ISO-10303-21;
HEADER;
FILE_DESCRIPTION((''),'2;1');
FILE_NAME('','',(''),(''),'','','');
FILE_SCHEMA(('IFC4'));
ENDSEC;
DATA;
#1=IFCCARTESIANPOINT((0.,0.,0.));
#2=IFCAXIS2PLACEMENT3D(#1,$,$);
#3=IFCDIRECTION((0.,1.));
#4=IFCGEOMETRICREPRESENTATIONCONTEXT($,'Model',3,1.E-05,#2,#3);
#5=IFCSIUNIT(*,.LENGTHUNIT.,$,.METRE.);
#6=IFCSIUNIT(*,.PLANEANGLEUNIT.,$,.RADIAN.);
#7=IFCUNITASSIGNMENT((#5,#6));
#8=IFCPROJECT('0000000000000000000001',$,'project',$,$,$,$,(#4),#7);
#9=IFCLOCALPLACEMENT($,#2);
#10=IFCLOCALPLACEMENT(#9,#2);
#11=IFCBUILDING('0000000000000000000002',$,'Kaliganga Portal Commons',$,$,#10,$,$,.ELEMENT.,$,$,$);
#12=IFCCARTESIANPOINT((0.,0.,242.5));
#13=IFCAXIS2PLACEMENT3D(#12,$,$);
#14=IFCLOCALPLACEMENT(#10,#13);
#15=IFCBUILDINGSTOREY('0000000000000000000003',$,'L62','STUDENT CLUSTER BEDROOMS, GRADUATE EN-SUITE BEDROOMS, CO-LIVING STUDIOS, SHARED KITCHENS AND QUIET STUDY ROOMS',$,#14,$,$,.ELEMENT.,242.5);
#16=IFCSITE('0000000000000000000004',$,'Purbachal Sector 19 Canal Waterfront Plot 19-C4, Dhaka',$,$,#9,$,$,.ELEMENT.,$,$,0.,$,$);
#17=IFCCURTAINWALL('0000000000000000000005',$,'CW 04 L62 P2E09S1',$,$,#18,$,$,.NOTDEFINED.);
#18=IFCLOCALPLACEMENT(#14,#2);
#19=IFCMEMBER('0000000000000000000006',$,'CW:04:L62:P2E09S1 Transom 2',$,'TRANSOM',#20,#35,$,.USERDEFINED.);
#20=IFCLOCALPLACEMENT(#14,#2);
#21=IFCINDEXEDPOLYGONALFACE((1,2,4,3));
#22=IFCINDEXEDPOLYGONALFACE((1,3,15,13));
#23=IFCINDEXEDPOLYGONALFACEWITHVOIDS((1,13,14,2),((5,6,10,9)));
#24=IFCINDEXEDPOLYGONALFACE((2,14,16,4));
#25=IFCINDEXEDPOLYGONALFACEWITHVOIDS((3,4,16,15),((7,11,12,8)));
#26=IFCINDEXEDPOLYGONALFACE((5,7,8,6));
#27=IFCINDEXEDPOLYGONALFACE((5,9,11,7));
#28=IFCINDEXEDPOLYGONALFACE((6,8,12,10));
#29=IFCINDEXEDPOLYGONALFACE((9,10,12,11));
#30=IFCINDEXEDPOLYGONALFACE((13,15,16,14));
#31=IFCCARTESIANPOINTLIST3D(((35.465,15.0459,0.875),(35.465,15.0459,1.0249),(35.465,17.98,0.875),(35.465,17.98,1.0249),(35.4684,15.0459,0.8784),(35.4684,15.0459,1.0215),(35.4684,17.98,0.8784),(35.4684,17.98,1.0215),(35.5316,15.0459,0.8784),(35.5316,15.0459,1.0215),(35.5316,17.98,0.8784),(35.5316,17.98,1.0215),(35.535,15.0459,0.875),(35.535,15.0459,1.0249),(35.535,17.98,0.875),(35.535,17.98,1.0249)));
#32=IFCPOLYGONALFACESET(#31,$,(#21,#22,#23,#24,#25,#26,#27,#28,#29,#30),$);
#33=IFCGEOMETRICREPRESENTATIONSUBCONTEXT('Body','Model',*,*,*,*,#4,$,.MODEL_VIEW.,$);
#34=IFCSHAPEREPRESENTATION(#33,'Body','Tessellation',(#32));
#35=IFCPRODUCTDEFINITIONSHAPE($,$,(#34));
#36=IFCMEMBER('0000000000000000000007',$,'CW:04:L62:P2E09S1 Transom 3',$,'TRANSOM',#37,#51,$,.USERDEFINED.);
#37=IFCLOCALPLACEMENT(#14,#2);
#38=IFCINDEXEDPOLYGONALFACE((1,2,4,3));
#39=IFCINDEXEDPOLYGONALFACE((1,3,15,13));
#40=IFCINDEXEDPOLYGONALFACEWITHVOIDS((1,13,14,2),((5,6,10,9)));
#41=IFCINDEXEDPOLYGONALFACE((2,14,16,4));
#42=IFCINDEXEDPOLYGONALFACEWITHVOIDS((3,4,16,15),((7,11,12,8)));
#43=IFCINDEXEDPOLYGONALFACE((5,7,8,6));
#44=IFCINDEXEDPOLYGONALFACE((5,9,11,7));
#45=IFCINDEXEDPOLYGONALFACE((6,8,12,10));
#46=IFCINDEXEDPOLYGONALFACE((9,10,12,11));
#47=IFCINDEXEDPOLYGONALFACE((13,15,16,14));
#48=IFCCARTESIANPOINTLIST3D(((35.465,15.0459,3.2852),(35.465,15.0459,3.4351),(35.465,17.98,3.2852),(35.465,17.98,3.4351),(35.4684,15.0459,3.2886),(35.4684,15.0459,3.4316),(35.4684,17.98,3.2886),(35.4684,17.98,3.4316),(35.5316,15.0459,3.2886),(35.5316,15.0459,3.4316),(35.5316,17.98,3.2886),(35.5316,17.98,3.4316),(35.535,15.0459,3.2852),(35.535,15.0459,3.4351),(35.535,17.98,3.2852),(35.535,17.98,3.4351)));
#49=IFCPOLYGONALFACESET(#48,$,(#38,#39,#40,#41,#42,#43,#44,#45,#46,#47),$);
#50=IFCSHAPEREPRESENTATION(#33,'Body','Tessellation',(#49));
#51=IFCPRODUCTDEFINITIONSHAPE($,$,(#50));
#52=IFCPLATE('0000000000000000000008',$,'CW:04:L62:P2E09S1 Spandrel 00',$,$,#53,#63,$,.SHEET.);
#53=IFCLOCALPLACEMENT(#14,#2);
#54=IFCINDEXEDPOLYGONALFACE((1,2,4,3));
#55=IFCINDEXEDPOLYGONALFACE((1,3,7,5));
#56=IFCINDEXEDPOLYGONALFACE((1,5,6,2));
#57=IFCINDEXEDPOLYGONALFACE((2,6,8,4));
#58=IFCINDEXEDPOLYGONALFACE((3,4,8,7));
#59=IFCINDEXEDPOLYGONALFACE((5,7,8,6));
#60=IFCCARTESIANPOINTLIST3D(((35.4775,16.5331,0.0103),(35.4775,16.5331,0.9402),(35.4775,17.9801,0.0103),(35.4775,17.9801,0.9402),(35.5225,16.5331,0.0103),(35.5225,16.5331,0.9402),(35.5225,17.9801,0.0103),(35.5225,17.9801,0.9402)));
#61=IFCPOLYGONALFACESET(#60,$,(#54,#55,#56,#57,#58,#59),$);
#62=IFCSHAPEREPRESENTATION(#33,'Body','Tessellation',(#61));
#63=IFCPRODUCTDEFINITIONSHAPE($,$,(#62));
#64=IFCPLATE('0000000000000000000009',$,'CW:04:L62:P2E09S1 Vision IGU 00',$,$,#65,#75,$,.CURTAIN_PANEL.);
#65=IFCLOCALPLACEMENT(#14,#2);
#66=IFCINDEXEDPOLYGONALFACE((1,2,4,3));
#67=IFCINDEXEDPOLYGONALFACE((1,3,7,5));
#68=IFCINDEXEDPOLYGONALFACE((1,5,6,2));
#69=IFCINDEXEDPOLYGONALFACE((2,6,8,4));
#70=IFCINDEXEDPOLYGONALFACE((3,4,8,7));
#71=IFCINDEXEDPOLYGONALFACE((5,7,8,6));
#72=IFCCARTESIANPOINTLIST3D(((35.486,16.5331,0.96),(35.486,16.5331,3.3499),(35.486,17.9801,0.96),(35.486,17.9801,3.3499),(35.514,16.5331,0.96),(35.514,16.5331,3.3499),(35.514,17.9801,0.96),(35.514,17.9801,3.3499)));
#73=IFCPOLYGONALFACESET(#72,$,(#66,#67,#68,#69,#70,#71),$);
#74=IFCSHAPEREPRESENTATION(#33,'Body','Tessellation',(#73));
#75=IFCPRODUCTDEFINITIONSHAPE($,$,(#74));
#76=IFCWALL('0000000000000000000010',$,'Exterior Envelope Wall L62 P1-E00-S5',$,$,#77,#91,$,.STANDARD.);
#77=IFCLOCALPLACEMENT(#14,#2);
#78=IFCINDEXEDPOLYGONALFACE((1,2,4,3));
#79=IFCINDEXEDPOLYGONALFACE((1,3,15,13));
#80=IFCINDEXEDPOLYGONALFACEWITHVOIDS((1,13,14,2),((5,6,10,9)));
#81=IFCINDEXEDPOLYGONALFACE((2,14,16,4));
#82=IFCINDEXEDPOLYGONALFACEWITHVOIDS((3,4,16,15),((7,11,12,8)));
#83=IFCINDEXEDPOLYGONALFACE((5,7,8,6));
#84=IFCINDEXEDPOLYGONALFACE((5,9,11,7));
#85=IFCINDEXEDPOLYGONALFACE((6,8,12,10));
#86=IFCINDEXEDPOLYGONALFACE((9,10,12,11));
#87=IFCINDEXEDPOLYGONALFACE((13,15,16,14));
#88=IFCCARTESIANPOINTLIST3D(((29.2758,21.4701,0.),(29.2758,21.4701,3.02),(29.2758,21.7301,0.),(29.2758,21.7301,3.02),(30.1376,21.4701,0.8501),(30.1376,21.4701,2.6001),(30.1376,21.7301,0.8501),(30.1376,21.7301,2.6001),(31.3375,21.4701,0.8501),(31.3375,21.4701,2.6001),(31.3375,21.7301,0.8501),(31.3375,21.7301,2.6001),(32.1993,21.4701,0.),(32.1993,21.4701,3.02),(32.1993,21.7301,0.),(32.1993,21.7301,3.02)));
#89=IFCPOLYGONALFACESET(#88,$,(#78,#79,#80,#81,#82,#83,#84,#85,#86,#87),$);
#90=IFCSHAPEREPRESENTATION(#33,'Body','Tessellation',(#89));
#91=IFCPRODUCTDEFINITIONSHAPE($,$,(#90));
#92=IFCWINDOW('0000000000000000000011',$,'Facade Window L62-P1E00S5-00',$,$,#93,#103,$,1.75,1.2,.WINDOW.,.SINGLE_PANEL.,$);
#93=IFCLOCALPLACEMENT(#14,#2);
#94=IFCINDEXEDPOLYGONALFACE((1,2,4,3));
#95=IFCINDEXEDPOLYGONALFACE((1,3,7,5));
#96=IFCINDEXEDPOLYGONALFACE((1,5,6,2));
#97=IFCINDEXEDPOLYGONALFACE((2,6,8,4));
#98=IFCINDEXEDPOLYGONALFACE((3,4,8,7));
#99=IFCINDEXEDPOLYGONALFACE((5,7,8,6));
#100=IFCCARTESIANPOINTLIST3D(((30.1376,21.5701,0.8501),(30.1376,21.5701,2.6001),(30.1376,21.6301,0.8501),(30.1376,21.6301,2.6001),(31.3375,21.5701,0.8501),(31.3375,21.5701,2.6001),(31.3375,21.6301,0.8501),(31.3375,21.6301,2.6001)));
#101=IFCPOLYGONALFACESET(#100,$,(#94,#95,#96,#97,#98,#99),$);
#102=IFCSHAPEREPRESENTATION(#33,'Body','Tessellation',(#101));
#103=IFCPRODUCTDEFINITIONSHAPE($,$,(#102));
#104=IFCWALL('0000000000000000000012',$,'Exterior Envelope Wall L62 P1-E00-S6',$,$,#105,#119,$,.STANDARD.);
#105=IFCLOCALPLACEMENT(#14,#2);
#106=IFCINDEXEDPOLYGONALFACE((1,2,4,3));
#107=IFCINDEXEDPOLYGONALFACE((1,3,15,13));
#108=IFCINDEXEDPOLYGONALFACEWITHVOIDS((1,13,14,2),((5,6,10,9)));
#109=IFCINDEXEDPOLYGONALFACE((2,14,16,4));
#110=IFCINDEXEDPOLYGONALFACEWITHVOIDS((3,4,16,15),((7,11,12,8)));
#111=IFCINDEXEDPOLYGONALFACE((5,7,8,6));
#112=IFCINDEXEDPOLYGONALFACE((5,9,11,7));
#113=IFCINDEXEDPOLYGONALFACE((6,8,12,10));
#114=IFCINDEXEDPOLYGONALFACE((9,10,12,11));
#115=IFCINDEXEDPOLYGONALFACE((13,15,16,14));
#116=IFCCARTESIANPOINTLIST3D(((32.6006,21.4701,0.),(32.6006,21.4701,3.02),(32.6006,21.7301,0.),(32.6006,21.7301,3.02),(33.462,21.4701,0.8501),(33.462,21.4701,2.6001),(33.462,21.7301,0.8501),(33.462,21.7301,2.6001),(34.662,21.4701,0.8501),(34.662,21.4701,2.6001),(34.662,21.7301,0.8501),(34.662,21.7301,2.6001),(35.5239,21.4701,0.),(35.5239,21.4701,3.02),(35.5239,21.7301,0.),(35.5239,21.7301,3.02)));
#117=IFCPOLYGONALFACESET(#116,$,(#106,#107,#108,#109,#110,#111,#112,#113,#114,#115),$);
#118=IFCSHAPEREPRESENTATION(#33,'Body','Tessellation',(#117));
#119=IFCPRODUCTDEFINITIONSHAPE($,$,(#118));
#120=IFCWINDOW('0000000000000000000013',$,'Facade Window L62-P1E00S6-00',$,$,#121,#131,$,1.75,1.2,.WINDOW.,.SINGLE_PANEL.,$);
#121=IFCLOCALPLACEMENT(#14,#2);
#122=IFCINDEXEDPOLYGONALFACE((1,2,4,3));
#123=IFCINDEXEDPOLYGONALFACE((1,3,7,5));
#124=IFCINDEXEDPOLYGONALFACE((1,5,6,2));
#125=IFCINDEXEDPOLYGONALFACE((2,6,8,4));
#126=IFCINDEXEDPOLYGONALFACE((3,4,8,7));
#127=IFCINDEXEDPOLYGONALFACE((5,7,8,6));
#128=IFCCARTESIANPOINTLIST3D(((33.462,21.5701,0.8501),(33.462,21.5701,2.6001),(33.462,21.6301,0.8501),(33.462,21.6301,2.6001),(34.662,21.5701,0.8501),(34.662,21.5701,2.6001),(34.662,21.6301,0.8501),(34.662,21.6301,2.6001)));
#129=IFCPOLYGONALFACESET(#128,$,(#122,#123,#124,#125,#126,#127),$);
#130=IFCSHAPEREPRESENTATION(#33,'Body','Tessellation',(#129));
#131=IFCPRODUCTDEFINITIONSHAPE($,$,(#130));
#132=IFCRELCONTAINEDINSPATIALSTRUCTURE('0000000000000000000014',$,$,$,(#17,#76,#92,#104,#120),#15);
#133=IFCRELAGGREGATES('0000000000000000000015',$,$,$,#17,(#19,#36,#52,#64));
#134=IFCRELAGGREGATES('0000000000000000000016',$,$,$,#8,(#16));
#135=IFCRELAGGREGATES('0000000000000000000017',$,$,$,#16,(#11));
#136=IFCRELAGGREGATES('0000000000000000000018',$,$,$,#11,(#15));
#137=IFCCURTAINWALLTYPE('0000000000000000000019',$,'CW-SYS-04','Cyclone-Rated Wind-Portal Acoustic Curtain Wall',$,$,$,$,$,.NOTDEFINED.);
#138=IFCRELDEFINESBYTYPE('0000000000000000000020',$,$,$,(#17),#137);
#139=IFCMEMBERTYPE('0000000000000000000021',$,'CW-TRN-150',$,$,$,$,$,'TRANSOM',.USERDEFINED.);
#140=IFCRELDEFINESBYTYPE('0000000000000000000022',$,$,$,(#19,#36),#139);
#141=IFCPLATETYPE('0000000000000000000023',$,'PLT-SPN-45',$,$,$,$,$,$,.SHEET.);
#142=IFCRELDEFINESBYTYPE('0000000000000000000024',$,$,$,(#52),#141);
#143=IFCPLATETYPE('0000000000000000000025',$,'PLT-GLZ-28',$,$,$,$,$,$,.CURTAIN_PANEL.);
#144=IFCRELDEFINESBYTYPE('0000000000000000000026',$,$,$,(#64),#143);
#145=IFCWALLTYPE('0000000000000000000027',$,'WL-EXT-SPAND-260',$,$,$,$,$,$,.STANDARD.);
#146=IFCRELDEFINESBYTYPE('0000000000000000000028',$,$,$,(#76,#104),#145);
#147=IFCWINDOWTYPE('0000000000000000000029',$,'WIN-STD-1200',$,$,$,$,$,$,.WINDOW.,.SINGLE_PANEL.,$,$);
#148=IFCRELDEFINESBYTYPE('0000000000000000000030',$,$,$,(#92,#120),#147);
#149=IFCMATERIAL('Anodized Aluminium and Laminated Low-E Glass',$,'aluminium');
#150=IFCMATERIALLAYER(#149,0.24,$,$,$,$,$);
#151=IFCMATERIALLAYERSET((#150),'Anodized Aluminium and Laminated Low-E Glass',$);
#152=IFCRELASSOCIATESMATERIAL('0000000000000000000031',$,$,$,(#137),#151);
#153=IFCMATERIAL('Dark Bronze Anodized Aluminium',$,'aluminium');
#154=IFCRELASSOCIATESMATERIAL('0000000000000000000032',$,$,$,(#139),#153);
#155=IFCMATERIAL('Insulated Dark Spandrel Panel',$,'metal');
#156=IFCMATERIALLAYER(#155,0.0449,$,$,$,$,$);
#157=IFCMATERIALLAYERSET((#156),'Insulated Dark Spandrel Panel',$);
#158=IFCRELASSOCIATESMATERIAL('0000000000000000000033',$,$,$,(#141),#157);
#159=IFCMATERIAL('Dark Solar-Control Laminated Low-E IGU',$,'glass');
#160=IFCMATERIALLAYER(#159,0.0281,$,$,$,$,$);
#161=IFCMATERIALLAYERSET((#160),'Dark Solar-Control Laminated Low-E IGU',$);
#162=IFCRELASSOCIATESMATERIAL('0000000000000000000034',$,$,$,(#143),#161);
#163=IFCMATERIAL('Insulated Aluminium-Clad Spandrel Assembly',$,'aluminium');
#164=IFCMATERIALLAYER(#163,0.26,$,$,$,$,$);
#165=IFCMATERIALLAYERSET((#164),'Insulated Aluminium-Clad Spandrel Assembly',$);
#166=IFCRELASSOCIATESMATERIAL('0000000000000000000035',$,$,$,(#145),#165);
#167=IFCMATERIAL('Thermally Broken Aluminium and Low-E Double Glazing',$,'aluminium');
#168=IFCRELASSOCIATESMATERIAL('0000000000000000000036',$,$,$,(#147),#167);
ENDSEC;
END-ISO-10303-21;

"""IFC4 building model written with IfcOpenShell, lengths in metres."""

from ifc_helpers import new_model, si_unit, direction, frame, frame_2d, origin, origin_2d, place, context, subcontext, project, spatial, rectangle, hollow_rectangle, extrude, source, transform, mapped, material, layer, layer_set, material_profile, profile_set, type_object, element, fill, aggregate, save


model = new_model("IFC4")

# Units and contexts
model_context = context("Model", 3, precision=1e-05, world=origin(), true_north=direction((0.0, 1.0)))
body_context = subcontext(model_context, "Body", "Model", "MODEL_VIEW")
ifc_project = project(units=[si_unit("LENGTHUNIT", "METRE"), si_unit("PLANEANGLEUNIT", "RADIAN")], contexts=[model_context])

# Site, building, storey
site_placement = place(None, origin())
site = spatial("IfcSite", under=ifc_project, at=site_placement, Name="Purbachal Sector 19 Canal Waterfront Plot 19-C4, Dhaka", CompositionType="ELEMENT", RefElevation=0.0)
building_placement = place(site_placement, origin())
building = spatial("IfcBuilding", under=site, at=building_placement, Name="Kaliganga Portal Commons", CompositionType="ELEMENT")
storey_placement = place(building_placement, frame((0.0, 0.0, 242.5)))
storey = spatial("IfcBuildingStorey", under=building, at=storey_placement, Name="L62", Description="STUDENT CLUSTER BEDROOMS, GRADUATE EN-SUITE BEDROOMS, CO-LIVING STUDIOS, SHARED KITCHENS AND QUIET STUDY ROOMS", CompositionType="ELEMENT", Elevation=242.5)

# Curtain wall, members, plates
ifc_material_1 = material(Name="Anodized Aluminium and Laminated Low-E Glass", Category="aluminium")
ifc_layer_1 = layer(ifc_material_1, 0.24)
ifc_layer_set_1 = layer_set([ifc_layer_1], Name="Anodized Aluminium and Laminated Low-E Glass")
curtain_wall_type = type_object("IfcCurtainWallType", Name="CW-SYS-04", Description="Cyclone-Rated Wind-Portal Acoustic Curtain Wall", PredefinedType="NOTDEFINED", material=ifc_layer_set_1)
curtain_wall_placement = place(storey_placement, origin())
curtain_wall = element("IfcCurtainWall", 1, at=curtain_wall_placement, inside=storey, type_object=curtain_wall_type, Name="CW 04 L62 P2E09S1", PredefinedType="NOTDEFINED")
ifc_material_2 = material(Name="Dark Bronze Anodized Aluminium", Category="aluminium")
ifc_material_profile_1 = material_profile(ifc_material_2, hollow_rectangle(XDim=0.0701, YDim=0.1499, WallThickness=0.0034, at=origin_2d()), Name="ALU TRAN 70x150x3.5")
ifc_profile_set_1 = profile_set([ifc_material_profile_1], Name="Dark Bronze Anodized Aluminium")
member_type_1 = type_object("IfcMemberType", Name="CW-TRN-150", ElementType="TRANSOM", PredefinedType="USERDEFINED", material=ifc_profile_set_1)
shared_shape_1 = source(origin(), body_context, "Body", "SweptSolid", [
    extrude(hollow_rectangle(XDim=0.0701, YDim=0.1499, WallThickness=0.0034, at=origin_2d()), origin(), (0.0, 0.0, 1.0), 2.9341),
])
member_1_placement = place(storey_placement, frame((35.5, 17.98, 0.95), z_axis=(0.0, -1.0, 0.0), x_axis=(1.0, 0.0, 0.0)))
member_1 = element("IfcMember", 2, at=member_1_placement, type_object=member_type_1, Name="CW:04:L62:P2E09S1 Transom 2", ObjectType="TRANSOM", PredefinedType="USERDEFINED", context=body_context, shape_type="MappedRepresentation", body=[
    mapped(shared_shape_1, transform((0.0, 0.0, 0.0), x_axis=(1.0, 0.0, 0.0), y_axis=(0.0, 1.0, 0.0), z_axis=(0.0, 0.0, 1.0), scale=1.0)),
])
member_2_placement = place(storey_placement, frame((35.5, 17.98, 3.3601), z_axis=(0.0, -1.0, 0.0), x_axis=(1.0, 0.0, 0.0)))
member_2 = element("IfcMember", 3, at=member_2_placement, type_object=member_type_1, Name="CW:04:L62:P2E09S1 Transom 3", ObjectType="TRANSOM", PredefinedType="USERDEFINED", context=body_context, shape_type="MappedRepresentation", body=[
    mapped(shared_shape_1, transform((0.0, 0.0, 0.0), x_axis=(1.0, 0.0, 0.0), y_axis=(0.0, 1.0, 0.0), z_axis=(0.0, 0.0, 1.0), scale=1.0)),
])
ifc_material_3 = material(Name="Insulated Dark Spandrel Panel", Category="metal")
ifc_layer_2 = layer(ifc_material_3, 0.0449)
ifc_layer_set_2 = layer_set([ifc_layer_2], Name="Insulated Dark Spandrel Panel")
plate_type_1 = type_object("IfcPlateType", Name="PLT-SPN-45", PredefinedType="SHEET", material=ifc_layer_set_2)
shared_shape_2 = source(origin(), body_context, "Body", "SweptSolid", [
    extrude(rectangle(XDim=1.447, YDim=0.0449, at=origin_2d()), origin(), (0.0, 0.0, 1.0), 0.9299),
])
plate_1_placement = place(storey_placement, frame((35.5, 17.2566, 0.0103), z_axis=(0.0, 0.0, 1.0), x_axis=(0.0, -1.0, 0.0)))
plate_1 = element("IfcPlate", 4, at=plate_1_placement, type_object=plate_type_1, Name="CW:04:L62:P2E09S1 Spandrel 00", PredefinedType="SHEET", context=body_context, shape_type="MappedRepresentation", body=[
    mapped(shared_shape_2, transform((0.0, 0.0, 0.0), x_axis=(1.0, 0.0, 0.0), y_axis=(0.0, 1.0, 0.0), z_axis=(0.0, 0.0, 1.0), scale=1.0)),
])
ifc_material_4 = material(Name="Dark Solar-Control Laminated Low-E IGU", Category="glass")
ifc_layer_3 = layer(ifc_material_4, 0.0281)
ifc_layer_set_3 = layer_set([ifc_layer_3], Name="Dark Solar-Control Laminated Low-E IGU")
plate_type_2 = type_object("IfcPlateType", Name="PLT-GLZ-28", PredefinedType="CURTAIN_PANEL", material=ifc_layer_set_3)
shared_shape_3 = source(origin(), body_context, "Body", "SweptSolid", [
    extrude(rectangle(XDim=1.447, YDim=0.0281, at=origin_2d()), origin(), (0.0, 0.0, 1.0), 2.3899),
])
plate_2_placement = place(storey_placement, frame((35.5, 17.2566, 0.96), z_axis=(0.0, 0.0, 1.0), x_axis=(0.0, -1.0, 0.0)))
plate_2 = element("IfcPlate", 5, at=plate_2_placement, type_object=plate_type_2, Name="CW:04:L62:P2E09S1 Vision IGU 00", PredefinedType="CURTAIN_PANEL", context=body_context, shape_type="MappedRepresentation", body=[
    mapped(shared_shape_3, transform((0.0, 0.0, 0.0), x_axis=(1.0, 0.0, 0.0), y_axis=(0.0, 1.0, 0.0), z_axis=(0.0, 0.0, 1.0), scale=1.0)),
])
aggregate(curtain_wall, [member_1, member_2, plate_1, plate_2])

# Walls, openings, windows
ifc_material_5 = material(Name="Insulated Aluminium-Clad Spandrel Assembly", Category="aluminium")
ifc_layer_4 = layer(ifc_material_5, 0.26)
ifc_layer_set_4 = layer_set([ifc_layer_4], Name="Insulated Aluminium-Clad Spandrel Assembly")
wall_type_1 = type_object("IfcWallType", Name="WL-EXT-SPAND-260", PredefinedType="STANDARD", material=ifc_layer_set_4)
wall_1_placement = place(storey_placement, frame((32.1995, 21.6001, 0.0), z_axis=(0.0, 0.0, 1.0), x_axis=(-1.0, 0.0, 0.0)))
wall_1 = element("IfcWall", 6, at=wall_1_placement, inside=storey, type_object=wall_type_1, Name="Exterior Envelope Wall L62 P1-E00-S5", PredefinedType="STANDARD", context=body_context, shape_type="SweptSolid", body=[
    extrude(rectangle(XDim=2.9236, YDim=0.26, at=frame_2d((1.4619, 0.0))), origin(), (0.0, 0.0, 1.0), 3.02),
])
opening_1_placement = place(wall_1_placement, frame((0.8618, 0.0, 0.8501)))
opening_1 = element("IfcOpeningElement", 7, at=opening_1_placement, cuts=wall_1, PredefinedType="OPENING", context=body_context, shape_type="SweptSolid", body=[
    extrude(rectangle(XDim=1.2, YDim=1.75, at=frame_2d((0.6001, 0.875))), frame((0.0, 0.1401, 0.0), z_axis=(0.0, -1.0, 0.0), x_axis=(1.0, 0.0, 0.0)), (0.0, 0.0, 1.0), 0.28),
])
ifc_material_6 = material(Name="Thermally Broken Aluminium and Low-E Double Glazing", Category="aluminium")
window_type = type_object("IfcWindowType", Name="WIN-STD-1200", PartitioningType="SINGLE_PANEL", PredefinedType="WINDOW", material=ifc_material_6)
window_1_placement = place(opening_1_placement, origin())
window_1 = element("IfcWindow", 8, at=window_1_placement, inside=storey, type_object=window_type, Name="Facade Window L62-P1E00S5-00", OverallHeight=1.75, OverallWidth=1.2, PartitioningType="SINGLE_PANEL", PredefinedType="WINDOW", context=body_context, shape_type="SweptSolid", body=[
    extrude(rectangle(XDim=1.2, YDim=1.75, at=frame_2d((0.6001, 0.875))), frame((0.0, 0.03, 0.0), z_axis=(0.0, -1.0, 0.0), x_axis=(1.0, 0.0, 0.0)), (0.0, 0.0, 1.0), 0.0601),
])
fill(opening_1, window_1)
wall_2_placement = place(storey_placement, frame((35.5239, 21.6001, 0.0), z_axis=(0.0, 0.0, 1.0), x_axis=(-1.0, 0.0, 0.0)))
wall_2 = element("IfcWall", 9, at=wall_2_placement, inside=storey, type_object=wall_type_1, Name="Exterior Envelope Wall L62 P1-E00-S6", PredefinedType="STANDARD", context=body_context, shape_type="SweptSolid", body=[
    extrude(rectangle(XDim=2.9233, YDim=0.26, at=frame_2d((1.4617, 0.0))), origin(), (0.0, 0.0, 1.0), 3.02),
])
opening_2_placement = place(wall_2_placement, frame((0.8618, 0.0, 0.8501)))
opening_2 = element("IfcOpeningElement", 10, at=opening_2_placement, cuts=wall_2, PredefinedType="OPENING", context=body_context, shape_type="SweptSolid", body=[
    extrude(rectangle(XDim=1.2, YDim=1.75, at=frame_2d((0.6001, 0.875))), frame((0.0, 0.1401, 0.0), z_axis=(0.0, -1.0, 0.0), x_axis=(1.0, 0.0, 0.0)), (0.0, 0.0, 1.0), 0.28),
])
window_2_placement = place(opening_2_placement, origin())
window_2 = element("IfcWindow", 11, at=window_2_placement, inside=storey, type_object=window_type, Name="Facade Window L62-P1E00S6-00", OverallHeight=1.75, OverallWidth=1.2, PartitioningType="SINGLE_PANEL", PredefinedType="WINDOW", context=body_context, shape_type="SweptSolid", body=[
    extrude(rectangle(XDim=1.2, YDim=1.75, at=frame_2d((0.6001, 0.875))), frame((0.0, 0.03, 0.0), z_axis=(0.0, -1.0, 0.0), x_axis=(1.0, 0.0, 0.0)), (0.0, 0.0, 1.0), 0.0601),
])
fill(opening_2, window_2)

save(model, "model.ifc")
